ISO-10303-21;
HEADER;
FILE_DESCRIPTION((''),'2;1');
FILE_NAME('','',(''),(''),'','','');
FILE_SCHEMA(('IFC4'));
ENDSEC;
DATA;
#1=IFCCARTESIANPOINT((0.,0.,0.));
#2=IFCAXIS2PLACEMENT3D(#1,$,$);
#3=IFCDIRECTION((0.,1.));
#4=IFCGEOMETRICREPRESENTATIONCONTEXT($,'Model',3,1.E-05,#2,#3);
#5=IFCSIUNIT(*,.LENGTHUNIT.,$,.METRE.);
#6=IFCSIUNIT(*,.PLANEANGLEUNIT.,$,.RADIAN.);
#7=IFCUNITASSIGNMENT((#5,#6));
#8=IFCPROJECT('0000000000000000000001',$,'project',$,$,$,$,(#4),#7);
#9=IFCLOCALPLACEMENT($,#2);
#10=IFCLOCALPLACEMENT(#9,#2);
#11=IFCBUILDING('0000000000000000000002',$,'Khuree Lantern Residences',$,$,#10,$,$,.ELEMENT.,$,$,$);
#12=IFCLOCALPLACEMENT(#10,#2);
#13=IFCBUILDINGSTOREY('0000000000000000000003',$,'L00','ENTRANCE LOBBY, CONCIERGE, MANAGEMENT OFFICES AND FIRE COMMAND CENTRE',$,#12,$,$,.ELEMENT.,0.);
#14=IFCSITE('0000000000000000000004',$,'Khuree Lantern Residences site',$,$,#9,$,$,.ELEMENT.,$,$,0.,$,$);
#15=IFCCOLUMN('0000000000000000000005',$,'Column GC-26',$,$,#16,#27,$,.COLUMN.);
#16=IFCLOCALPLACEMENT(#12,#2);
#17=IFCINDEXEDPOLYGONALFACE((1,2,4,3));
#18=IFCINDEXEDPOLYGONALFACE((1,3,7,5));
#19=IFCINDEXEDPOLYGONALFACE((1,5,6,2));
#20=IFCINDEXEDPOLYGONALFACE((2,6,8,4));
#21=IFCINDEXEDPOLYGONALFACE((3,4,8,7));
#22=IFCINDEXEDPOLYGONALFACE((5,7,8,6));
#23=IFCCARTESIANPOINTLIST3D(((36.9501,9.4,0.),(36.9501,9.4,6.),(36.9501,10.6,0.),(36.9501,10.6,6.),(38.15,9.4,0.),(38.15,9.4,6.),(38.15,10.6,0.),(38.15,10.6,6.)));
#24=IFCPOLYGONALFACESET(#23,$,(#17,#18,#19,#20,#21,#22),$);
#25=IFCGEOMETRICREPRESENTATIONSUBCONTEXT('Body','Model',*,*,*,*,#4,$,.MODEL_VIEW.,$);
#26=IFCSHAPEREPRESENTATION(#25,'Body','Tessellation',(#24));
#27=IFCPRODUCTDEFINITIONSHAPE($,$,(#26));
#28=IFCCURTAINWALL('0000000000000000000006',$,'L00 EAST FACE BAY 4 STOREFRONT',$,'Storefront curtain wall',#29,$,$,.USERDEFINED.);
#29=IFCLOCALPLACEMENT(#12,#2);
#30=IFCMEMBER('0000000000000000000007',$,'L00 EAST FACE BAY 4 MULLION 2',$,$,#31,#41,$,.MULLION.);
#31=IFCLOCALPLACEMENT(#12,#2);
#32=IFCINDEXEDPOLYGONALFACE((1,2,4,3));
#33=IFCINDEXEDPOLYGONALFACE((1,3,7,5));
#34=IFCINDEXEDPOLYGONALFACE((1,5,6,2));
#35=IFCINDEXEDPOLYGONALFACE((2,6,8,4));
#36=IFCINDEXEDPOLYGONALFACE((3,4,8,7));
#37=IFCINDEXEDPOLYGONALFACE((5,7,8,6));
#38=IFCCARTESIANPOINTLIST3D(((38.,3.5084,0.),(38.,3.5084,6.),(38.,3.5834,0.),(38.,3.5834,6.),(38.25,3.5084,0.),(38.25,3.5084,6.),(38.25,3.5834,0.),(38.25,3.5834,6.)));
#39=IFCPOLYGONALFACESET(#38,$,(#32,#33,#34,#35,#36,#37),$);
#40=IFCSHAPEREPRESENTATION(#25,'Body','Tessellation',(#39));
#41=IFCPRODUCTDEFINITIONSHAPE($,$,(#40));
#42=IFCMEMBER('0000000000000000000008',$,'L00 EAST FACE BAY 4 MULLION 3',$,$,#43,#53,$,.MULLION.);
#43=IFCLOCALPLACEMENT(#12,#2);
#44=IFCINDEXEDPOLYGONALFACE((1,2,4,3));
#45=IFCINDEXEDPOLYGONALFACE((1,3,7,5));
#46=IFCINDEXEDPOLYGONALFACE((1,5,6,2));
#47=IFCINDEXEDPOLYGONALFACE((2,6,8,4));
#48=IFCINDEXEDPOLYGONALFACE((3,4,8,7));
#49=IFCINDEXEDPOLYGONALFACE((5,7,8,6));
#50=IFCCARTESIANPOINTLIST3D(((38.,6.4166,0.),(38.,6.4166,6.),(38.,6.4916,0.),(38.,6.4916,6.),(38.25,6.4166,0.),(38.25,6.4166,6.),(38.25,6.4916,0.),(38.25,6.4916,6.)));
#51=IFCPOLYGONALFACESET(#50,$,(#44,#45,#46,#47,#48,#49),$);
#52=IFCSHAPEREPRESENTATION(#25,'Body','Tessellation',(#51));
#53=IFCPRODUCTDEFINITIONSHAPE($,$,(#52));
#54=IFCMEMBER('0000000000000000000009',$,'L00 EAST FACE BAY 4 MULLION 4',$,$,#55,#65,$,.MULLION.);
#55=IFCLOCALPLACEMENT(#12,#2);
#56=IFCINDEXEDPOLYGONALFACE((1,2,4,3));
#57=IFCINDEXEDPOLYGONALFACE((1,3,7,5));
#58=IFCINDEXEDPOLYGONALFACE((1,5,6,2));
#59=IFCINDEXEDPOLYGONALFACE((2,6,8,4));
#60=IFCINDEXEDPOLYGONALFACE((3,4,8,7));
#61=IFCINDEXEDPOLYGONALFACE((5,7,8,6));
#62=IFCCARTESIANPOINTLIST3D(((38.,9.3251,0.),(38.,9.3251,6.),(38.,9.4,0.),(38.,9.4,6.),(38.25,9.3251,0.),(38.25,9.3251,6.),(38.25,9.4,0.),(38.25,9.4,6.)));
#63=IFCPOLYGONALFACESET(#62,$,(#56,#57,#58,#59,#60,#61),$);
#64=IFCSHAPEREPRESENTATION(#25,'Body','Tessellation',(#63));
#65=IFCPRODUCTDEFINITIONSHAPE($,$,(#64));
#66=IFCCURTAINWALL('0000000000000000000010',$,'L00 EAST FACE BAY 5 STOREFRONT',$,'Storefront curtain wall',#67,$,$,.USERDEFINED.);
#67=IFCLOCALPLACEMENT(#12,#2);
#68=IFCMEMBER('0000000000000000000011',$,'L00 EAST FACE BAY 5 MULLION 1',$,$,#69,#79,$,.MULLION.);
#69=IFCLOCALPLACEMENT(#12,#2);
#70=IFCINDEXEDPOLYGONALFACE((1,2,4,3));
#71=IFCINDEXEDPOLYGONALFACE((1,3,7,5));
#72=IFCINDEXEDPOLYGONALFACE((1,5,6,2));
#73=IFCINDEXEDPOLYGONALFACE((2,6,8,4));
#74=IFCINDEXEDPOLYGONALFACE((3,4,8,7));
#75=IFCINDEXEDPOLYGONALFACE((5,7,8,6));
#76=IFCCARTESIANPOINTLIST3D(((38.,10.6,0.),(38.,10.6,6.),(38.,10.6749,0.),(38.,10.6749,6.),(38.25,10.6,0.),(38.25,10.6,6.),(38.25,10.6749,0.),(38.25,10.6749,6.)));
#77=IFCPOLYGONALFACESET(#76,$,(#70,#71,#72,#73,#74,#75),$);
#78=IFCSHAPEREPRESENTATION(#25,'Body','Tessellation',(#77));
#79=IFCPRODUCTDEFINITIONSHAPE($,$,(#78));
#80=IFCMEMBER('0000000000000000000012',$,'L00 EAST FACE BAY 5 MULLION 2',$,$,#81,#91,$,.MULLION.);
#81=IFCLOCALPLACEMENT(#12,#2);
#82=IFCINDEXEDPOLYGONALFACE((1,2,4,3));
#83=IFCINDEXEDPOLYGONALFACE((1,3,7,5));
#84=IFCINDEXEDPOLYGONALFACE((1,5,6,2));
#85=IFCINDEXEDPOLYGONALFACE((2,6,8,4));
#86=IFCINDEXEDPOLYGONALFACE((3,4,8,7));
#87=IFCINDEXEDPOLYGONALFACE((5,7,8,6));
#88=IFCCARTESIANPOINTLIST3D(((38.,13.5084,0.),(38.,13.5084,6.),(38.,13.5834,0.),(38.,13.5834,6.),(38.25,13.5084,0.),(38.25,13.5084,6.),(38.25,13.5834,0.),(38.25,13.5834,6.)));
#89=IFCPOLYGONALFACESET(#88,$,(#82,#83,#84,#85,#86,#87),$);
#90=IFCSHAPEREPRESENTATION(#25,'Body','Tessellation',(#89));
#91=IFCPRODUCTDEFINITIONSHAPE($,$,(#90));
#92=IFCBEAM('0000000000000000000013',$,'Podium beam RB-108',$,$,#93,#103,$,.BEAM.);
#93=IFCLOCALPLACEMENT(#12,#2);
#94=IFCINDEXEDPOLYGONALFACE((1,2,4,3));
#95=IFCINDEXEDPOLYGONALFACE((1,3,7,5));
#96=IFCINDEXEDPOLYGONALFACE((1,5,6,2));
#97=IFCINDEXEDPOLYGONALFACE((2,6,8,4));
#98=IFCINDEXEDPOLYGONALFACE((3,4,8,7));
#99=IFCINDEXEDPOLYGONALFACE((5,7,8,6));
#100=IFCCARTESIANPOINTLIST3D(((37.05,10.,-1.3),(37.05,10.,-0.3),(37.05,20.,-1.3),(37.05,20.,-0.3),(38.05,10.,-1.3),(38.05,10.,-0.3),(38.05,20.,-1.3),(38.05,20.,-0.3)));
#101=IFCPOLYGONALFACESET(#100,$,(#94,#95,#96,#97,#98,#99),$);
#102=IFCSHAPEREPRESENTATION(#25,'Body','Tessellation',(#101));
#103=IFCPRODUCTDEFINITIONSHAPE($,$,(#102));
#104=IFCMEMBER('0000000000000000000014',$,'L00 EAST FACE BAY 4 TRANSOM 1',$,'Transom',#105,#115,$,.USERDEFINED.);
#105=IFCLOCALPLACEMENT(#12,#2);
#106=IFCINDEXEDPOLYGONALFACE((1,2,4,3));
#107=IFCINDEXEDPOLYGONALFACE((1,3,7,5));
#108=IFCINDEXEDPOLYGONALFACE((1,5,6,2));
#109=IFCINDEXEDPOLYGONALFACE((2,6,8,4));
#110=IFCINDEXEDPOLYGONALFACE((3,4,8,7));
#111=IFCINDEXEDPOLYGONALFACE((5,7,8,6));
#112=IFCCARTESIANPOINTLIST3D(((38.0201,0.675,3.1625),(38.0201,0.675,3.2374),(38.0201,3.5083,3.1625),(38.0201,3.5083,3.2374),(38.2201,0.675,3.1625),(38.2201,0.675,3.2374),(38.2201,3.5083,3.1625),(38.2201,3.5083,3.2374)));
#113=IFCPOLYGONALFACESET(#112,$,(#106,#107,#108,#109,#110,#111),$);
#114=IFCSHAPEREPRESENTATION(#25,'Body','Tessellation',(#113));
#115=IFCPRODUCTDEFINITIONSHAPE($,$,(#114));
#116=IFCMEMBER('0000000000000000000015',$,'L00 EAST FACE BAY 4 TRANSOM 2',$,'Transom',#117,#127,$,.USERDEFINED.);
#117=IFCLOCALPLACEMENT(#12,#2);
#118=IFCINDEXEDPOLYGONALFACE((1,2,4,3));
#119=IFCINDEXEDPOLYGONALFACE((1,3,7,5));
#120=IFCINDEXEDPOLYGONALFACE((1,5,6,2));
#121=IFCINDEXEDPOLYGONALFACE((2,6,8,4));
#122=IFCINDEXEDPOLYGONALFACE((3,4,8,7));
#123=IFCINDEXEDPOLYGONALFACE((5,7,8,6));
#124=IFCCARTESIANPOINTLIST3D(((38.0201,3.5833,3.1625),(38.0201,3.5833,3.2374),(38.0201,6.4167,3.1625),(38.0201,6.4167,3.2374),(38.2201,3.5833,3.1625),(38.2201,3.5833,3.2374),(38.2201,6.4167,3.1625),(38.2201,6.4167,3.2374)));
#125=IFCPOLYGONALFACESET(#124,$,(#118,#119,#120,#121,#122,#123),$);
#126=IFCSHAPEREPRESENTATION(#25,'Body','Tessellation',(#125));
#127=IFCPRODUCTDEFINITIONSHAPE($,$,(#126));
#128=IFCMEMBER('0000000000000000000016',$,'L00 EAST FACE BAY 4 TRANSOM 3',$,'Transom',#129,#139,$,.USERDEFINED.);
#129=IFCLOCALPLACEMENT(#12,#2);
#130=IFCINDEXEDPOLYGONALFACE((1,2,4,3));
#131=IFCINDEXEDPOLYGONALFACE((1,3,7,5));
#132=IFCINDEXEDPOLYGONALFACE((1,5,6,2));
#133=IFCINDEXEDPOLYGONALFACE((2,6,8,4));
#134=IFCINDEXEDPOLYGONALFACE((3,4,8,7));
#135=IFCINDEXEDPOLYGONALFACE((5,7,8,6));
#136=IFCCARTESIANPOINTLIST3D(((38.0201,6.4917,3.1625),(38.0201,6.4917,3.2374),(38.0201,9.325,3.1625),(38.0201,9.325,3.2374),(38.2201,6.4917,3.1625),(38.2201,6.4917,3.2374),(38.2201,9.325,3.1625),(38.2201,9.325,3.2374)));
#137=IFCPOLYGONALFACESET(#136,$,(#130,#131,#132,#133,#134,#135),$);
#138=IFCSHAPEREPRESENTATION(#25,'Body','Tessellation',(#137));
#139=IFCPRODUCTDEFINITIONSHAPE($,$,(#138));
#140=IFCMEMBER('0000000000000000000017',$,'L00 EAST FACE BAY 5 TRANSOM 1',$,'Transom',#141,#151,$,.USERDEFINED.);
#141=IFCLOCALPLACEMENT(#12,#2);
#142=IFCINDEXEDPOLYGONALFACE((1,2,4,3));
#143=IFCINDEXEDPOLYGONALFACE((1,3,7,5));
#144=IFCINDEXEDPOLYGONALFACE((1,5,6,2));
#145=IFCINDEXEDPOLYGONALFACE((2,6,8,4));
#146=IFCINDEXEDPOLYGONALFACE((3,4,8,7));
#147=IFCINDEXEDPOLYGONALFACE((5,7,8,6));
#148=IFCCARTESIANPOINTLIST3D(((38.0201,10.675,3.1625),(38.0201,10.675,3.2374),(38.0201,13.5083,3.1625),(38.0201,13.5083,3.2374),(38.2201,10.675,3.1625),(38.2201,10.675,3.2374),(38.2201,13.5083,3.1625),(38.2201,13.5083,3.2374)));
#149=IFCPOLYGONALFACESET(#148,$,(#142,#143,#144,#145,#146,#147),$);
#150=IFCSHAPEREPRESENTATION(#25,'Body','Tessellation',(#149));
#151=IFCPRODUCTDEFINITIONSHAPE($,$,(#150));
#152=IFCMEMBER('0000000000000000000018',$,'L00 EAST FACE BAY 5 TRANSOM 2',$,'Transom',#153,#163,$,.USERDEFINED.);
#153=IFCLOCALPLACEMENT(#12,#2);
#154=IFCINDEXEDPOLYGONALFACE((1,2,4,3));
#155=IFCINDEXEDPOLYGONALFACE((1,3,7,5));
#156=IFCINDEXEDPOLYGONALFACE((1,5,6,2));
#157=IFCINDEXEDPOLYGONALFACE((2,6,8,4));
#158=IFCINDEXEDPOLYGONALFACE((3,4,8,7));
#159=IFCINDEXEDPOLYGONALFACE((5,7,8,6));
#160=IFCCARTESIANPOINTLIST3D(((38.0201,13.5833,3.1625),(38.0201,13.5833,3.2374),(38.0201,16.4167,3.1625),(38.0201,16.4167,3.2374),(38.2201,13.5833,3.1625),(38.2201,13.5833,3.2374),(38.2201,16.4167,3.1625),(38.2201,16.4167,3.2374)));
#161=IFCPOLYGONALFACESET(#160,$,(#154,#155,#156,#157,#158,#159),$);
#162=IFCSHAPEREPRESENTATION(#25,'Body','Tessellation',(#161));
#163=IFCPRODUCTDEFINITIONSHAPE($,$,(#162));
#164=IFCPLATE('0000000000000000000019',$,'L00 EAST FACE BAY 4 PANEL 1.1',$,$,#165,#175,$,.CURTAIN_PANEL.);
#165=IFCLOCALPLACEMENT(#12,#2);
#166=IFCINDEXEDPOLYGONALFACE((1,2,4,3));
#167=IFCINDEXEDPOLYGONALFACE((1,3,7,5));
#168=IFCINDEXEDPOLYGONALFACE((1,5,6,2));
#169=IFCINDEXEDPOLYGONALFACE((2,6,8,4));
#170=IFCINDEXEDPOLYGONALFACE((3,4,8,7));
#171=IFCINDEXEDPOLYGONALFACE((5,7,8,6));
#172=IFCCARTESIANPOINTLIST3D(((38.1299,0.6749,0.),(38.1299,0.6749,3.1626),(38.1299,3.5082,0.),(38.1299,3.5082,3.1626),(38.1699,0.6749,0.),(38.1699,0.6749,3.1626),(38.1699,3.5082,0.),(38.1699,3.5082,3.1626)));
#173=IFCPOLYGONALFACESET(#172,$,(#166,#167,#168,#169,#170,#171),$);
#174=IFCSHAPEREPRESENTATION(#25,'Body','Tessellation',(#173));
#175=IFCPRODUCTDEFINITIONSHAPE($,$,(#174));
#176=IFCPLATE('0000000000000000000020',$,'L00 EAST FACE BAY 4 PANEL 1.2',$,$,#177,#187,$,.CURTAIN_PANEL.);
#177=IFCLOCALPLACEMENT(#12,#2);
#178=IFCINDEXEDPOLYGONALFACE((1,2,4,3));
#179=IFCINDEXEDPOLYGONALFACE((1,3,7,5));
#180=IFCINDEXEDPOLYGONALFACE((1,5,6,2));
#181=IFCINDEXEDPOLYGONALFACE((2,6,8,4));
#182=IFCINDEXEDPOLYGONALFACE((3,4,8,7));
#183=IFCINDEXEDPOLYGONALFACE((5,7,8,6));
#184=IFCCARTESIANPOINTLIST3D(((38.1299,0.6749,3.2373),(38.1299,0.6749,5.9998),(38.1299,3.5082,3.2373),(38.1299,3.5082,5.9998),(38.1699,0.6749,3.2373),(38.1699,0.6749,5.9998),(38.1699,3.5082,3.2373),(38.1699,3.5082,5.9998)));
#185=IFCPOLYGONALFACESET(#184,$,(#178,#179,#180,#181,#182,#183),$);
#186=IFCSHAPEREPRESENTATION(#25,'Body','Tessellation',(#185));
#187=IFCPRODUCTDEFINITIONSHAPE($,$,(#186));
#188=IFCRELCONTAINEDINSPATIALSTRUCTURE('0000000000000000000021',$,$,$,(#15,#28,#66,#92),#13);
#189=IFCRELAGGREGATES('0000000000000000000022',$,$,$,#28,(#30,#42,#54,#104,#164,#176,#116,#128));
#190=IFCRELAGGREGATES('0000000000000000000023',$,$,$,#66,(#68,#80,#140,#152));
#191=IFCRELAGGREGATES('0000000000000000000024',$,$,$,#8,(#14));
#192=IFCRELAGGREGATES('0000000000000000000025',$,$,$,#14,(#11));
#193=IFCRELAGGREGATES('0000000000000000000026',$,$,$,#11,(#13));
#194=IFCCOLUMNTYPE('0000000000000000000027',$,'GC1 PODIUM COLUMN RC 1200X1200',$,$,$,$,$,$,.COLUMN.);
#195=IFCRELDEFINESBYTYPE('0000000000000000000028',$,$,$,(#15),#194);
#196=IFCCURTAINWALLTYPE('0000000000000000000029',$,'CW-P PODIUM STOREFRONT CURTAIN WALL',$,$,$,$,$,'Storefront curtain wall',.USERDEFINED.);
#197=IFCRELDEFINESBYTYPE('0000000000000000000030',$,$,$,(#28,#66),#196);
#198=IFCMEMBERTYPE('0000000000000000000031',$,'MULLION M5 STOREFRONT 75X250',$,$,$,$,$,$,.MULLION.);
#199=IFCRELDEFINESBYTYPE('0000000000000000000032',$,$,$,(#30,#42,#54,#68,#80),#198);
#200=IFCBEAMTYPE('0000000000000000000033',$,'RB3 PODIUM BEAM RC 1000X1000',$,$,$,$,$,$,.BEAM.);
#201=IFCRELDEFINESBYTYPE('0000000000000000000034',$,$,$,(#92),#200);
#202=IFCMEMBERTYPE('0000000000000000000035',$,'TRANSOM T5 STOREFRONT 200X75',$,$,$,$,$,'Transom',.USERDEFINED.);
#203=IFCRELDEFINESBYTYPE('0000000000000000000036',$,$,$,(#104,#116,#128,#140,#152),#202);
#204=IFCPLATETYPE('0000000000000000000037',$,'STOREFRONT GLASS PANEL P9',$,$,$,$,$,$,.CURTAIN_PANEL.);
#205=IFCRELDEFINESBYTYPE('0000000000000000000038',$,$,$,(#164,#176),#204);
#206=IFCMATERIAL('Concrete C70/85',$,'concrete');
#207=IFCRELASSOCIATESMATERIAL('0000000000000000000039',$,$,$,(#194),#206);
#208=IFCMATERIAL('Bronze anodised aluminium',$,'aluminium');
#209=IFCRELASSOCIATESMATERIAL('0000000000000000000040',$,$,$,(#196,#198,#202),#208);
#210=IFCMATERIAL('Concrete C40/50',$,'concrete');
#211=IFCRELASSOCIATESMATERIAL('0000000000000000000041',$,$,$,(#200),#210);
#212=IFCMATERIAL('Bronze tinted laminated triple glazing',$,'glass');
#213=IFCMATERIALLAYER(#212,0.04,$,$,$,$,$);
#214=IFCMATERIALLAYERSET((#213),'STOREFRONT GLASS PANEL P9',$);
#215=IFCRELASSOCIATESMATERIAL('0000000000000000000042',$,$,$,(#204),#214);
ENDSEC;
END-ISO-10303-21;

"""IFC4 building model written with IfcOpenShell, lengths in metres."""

from ifc_helpers import new_model, si_unit, direction, frame, origin, origin_2d, place, context, subcontext, project, spatial, rectangle, extrude, material, layer, layer_set, material_profile, profile_set, type_object, element, aggregate, save


model = new_model("IFC4")

# Units and contexts
model_context = context("Model", 3, precision=1e-05, world=origin(), true_north=direction((0.0, 1.0)))
body_context = subcontext(model_context, "Body", "Model", "MODEL_VIEW")
ifc_project = project(units=[si_unit("LENGTHUNIT", "METRE"), si_unit("PLANEANGLEUNIT", "RADIAN")], contexts=[model_context])

# Site, building, storey
site_placement = place(None, origin())
site = spatial("IfcSite", under=ifc_project, at=site_placement, Name="Khuree Lantern Residences site", CompositionType="ELEMENT", RefElevation=0.0)
building_placement = place(site_placement, origin())
building = spatial("IfcBuilding", under=site, at=building_placement, Name="Khuree Lantern Residences", CompositionType="ELEMENT")
storey_placement = place(building_placement, origin())
storey = spatial("IfcBuildingStorey", under=building, at=storey_placement, Name="L00", Description="ENTRANCE LOBBY, CONCIERGE, MANAGEMENT OFFICES AND FIRE COMMAND CENTRE", CompositionType="ELEMENT", Elevation=0.0)

# Column
ifc_material_1 = material(Name="Concrete C70/85", Category="concrete")
ifc_material_profile_1 = material_profile(ifc_material_1, rectangle(XDim=1.2, YDim=1.2, at=origin_2d()), Name="RC 1200X1200")
ifc_profile_set_1 = profile_set([ifc_material_profile_1], Name="Concrete C70/85")
column_type = type_object("IfcColumnType", Name="GC1 PODIUM COLUMN RC 1200X1200", PredefinedType="COLUMN", material=ifc_profile_set_1)
column_placement = place(storey_placement, frame((37.55, 10.0, 0.0), z_axis=(0.0, 0.0, 1.0), x_axis=(1.0, 0.0, 0.0)))
element("IfcColumn", 1, at=column_placement, inside=storey, type_object=column_type, Name="Column GC-26", PredefinedType="COLUMN", context=body_context, shape_type="SweptSolid", body=[
    extrude(rectangle(XDim=1.2, YDim=1.2, at=origin_2d()), origin(), (0.0, 0.0, 1.0), 6.0),
])

# Curtain walls, members
ifc_material_2 = material(Name="Bronze anodised aluminium", Category="aluminium")
curtain_wall_type = type_object("IfcCurtainWallType", Name="CW-P PODIUM STOREFRONT CURTAIN WALL", ElementType="Storefront curtain wall", PredefinedType="USERDEFINED", material=ifc_material_2)
curtain_wall_1_placement = place(storey_placement, origin())
curtain_wall_1 = element("IfcCurtainWall", 2, at=curtain_wall_1_placement, inside=storey, type_object=curtain_wall_type, Name="L00 EAST FACE BAY 4 STOREFRONT", ObjectType="Storefront curtain wall", PredefinedType="USERDEFINED")
ifc_material_profile_2 = material_profile(ifc_material_2, rectangle(XDim=0.075, YDim=0.25, at=origin_2d()), Name="M5 75X250")
ifc_profile_set_2 = profile_set([ifc_material_profile_2], Name="Bronze anodised aluminium")
member_type_1 = type_object("IfcMemberType", Name="MULLION M5 STOREFRONT 75X250", PredefinedType="MULLION", material=ifc_profile_set_2)
member_1_placement = place(storey_placement, frame((38.125, 3.5459, 0.0), z_axis=(0.0, 0.0, 1.0), x_axis=(0.0, 1.0, 0.0)))
member_1 = element("IfcMember", 3, at=member_1_placement, type_object=member_type_1, Name="L00 EAST FACE BAY 4 MULLION 2", PredefinedType="MULLION", context=body_context, shape_type="SweptSolid", body=[
    extrude(rectangle(XDim=0.075, YDim=0.25, at=origin_2d()), origin(), (0.0, 0.0, 1.0), 6.0),
])
member_2_placement = place(storey_placement, frame((38.125, 6.4541, 0.0), z_axis=(0.0, 0.0, 1.0), x_axis=(0.0, 1.0, 0.0)))
member_2 = element("IfcMember", 4, at=member_2_placement, type_object=member_type_1, Name="L00 EAST FACE BAY 4 MULLION 3", PredefinedType="MULLION", context=body_context, shape_type="SweptSolid", body=[
    extrude(rectangle(XDim=0.075, YDim=0.25, at=origin_2d()), origin(), (0.0, 0.0, 1.0), 6.0),
])
member_3_placement = place(storey_placement, frame((38.125, 9.3625, 0.0), z_axis=(0.0, 0.0, 1.0), x_axis=(0.0, 1.0, 0.0)))
member_3 = element("IfcMember", 5, at=member_3_placement, type_object=member_type_1, Name="L00 EAST FACE BAY 4 MULLION 4", PredefinedType="MULLION", context=body_context, shape_type="SweptSolid", body=[
    extrude(rectangle(XDim=0.075, YDim=0.25, at=origin_2d()), origin(), (0.0, 0.0, 1.0), 6.0),
])
curtain_wall_2_placement = place(storey_placement, origin())
curtain_wall_2 = element("IfcCurtainWall", 6, at=curtain_wall_2_placement, inside=storey, type_object=curtain_wall_type, Name="L00 EAST FACE BAY 5 STOREFRONT", ObjectType="Storefront curtain wall", PredefinedType="USERDEFINED")
member_4_placement = place(storey_placement, frame((38.125, 10.6375, 0.0), z_axis=(0.0, 0.0, 1.0), x_axis=(0.0, 1.0, 0.0)))
member_4 = element("IfcMember", 7, at=member_4_placement, type_object=member_type_1, Name="L00 EAST FACE BAY 5 MULLION 1", PredefinedType="MULLION", context=body_context, shape_type="SweptSolid", body=[
    extrude(rectangle(XDim=0.075, YDim=0.25, at=origin_2d()), origin(), (0.0, 0.0, 1.0), 6.0),
])
member_5_placement = place(storey_placement, frame((38.125, 13.5459, 0.0), z_axis=(0.0, 0.0, 1.0), x_axis=(0.0, 1.0, 0.0)))
member_5 = element("IfcMember", 8, at=member_5_placement, type_object=member_type_1, Name="L00 EAST FACE BAY 5 MULLION 2", PredefinedType="MULLION", context=body_context, shape_type="SweptSolid", body=[
    extrude(rectangle(XDim=0.075, YDim=0.25, at=origin_2d()), origin(), (0.0, 0.0, 1.0), 6.0),
])

# Beam
ifc_material_3 = material(Name="Concrete C40/50", Category="concrete")
ifc_material_profile_3 = material_profile(ifc_material_3, rectangle(XDim=1.0, YDim=1.0, at=origin_2d()), Name="RC 1000X1000")
ifc_profile_set_3 = profile_set([ifc_material_profile_3], Name="Concrete C40/50")
beam_type = type_object("IfcBeamType", Name="RB3 PODIUM BEAM RC 1000X1000", PredefinedType="BEAM", material=ifc_profile_set_3)
beam_placement = place(storey_placement, frame((37.55, 10.0, -0.8), z_axis=(0.0, 1.0, 0.0), x_axis=(-1.0, 0.0, 0.0)))
element("IfcBeam", 9, at=beam_placement, inside=storey, type_object=beam_type, Name="Podium beam RB-108", PredefinedType="BEAM", context=body_context, shape_type="SweptSolid", body=[
    extrude(rectangle(XDim=1.0, YDim=1.0, at=origin_2d()), origin(), (0.0, 0.0, 1.0), 10.0),
])

# Members
ifc_material_profile_4 = material_profile(ifc_material_2, rectangle(XDim=0.2, YDim=0.075, at=origin_2d()), Name="T5 200X75")
ifc_profile_set_4 = profile_set([ifc_material_profile_4], Name="Bronze anodised aluminium")
member_type_2 = type_object("IfcMemberType", Name="TRANSOM T5 STOREFRONT 200X75", ElementType="Transom", PredefinedType="USERDEFINED", material=ifc_profile_set_4)
member_6_placement = place(storey_placement, frame((38.1201, 0.675, 3.2), z_axis=(0.0, 1.0, 0.0), x_axis=(-1.0, 0.0, 0.0)))
member_6 = element("IfcMember", 10, at=member_6_placement, type_object=member_type_2, Name="L00 EAST FACE BAY 4 TRANSOM 1", ObjectType="Transom", PredefinedType="USERDEFINED", context=body_context, shape_type="SweptSolid", body=[
    extrude(rectangle(XDim=0.2, YDim=0.075, at=origin_2d()), origin(), (0.0, 0.0, 1.0), 2.8333),
])
member_7_placement = place(storey_placement, frame((38.1201, 3.5833, 3.2), z_axis=(0.0, 1.0, 0.0), x_axis=(-1.0, 0.0, 0.0)))
member_7 = element("IfcMember", 11, at=member_7_placement, type_object=member_type_2, Name="L00 EAST FACE BAY 4 TRANSOM 2", ObjectType="Transom", PredefinedType="USERDEFINED", context=body_context, shape_type="SweptSolid", body=[
    extrude(rectangle(XDim=0.2, YDim=0.075, at=origin_2d()), origin(), (0.0, 0.0, 1.0), 2.8335),
])
member_8_placement = place(storey_placement, frame((38.1201, 6.4917, 3.2), z_axis=(0.0, 1.0, 0.0), x_axis=(-1.0, 0.0, 0.0)))
member_8 = element("IfcMember", 12, at=member_8_placement, type_object=member_type_2, Name="L00 EAST FACE BAY 4 TRANSOM 3", ObjectType="Transom", PredefinedType="USERDEFINED", context=body_context, shape_type="SweptSolid", body=[
    extrude(rectangle(XDim=0.2, YDim=0.075, at=origin_2d()), origin(), (0.0, 0.0, 1.0), 2.8333),
])
member_9_placement = place(storey_placement, frame((38.1201, 10.675, 3.2), z_axis=(0.0, 1.0, 0.0), x_axis=(-1.0, 0.0, 0.0)))
member_9 = element("IfcMember", 13, at=member_9_placement, type_object=member_type_2, Name="L00 EAST FACE BAY 5 TRANSOM 1", ObjectType="Transom", PredefinedType="USERDEFINED", context=body_context, shape_type="SweptSolid", body=[
    extrude(rectangle(XDim=0.2, YDim=0.075, at=origin_2d()), origin(), (0.0, 0.0, 1.0), 2.8333),
])
member_10_placement = place(storey_placement, frame((38.1201, 13.5833, 3.2), z_axis=(0.0, 1.0, 0.0), x_axis=(-1.0, 0.0, 0.0)))
member_10 = element("IfcMember", 14, at=member_10_placement, type_object=member_type_2, Name="L00 EAST FACE BAY 5 TRANSOM 2", ObjectType="Transom", PredefinedType="USERDEFINED", context=body_context, shape_type="SweptSolid", body=[
    extrude(rectangle(XDim=0.2, YDim=0.075, at=origin_2d()), origin(), (0.0, 0.0, 1.0), 2.8335),
])

# Plates
ifc_material_4 = material(Name="Bronze tinted laminated triple glazing", Category="glass")
ifc_layer_1 = layer(ifc_material_4, 0.04)
ifc_layer_set_1 = layer_set([ifc_layer_1], Name="STOREFRONT GLASS PANEL P9")
plate_type = type_object("IfcPlateType", Name="STOREFRONT GLASS PANEL P9", PredefinedType="CURTAIN_PANEL", material=ifc_layer_set_1)
plate_1_placement = place(storey_placement, frame((38.1499, 2.0916, 0.0), z_axis=(0.0, 0.0, 1.0), x_axis=(0.0, 1.0, 0.0)))
plate_1 = element("IfcPlate", 15, at=plate_1_placement, type_object=plate_type, Name="L00 EAST FACE BAY 4 PANEL 1.1", PredefinedType="CURTAIN_PANEL", context=body_context, shape_type="SweptSolid", body=[
    extrude(rectangle(XDim=2.8333, YDim=0.04, at=origin_2d()), origin(), (0.0, 0.0, 1.0), 3.1626),
])
plate_2_placement = place(storey_placement, frame((38.1499, 2.0916, 3.2373), z_axis=(0.0, 0.0, 1.0), x_axis=(0.0, 1.0, 0.0)))
plate_2 = element("IfcPlate", 16, at=plate_2_placement, type_object=plate_type, Name="L00 EAST FACE BAY 4 PANEL 1.2", PredefinedType="CURTAIN_PANEL", context=body_context, shape_type="SweptSolid", body=[
    extrude(rectangle(XDim=2.8333, YDim=0.04, at=origin_2d()), origin(), (0.0, 0.0, 1.0), 2.7625),
])
aggregate(curtain_wall_1, [member_1, member_2, member_3, member_6, plate_1, plate_2, member_7, member_8])
aggregate(curtain_wall_2, [member_4, member_5, member_9, member_10])

save(model, "model.ifc")
